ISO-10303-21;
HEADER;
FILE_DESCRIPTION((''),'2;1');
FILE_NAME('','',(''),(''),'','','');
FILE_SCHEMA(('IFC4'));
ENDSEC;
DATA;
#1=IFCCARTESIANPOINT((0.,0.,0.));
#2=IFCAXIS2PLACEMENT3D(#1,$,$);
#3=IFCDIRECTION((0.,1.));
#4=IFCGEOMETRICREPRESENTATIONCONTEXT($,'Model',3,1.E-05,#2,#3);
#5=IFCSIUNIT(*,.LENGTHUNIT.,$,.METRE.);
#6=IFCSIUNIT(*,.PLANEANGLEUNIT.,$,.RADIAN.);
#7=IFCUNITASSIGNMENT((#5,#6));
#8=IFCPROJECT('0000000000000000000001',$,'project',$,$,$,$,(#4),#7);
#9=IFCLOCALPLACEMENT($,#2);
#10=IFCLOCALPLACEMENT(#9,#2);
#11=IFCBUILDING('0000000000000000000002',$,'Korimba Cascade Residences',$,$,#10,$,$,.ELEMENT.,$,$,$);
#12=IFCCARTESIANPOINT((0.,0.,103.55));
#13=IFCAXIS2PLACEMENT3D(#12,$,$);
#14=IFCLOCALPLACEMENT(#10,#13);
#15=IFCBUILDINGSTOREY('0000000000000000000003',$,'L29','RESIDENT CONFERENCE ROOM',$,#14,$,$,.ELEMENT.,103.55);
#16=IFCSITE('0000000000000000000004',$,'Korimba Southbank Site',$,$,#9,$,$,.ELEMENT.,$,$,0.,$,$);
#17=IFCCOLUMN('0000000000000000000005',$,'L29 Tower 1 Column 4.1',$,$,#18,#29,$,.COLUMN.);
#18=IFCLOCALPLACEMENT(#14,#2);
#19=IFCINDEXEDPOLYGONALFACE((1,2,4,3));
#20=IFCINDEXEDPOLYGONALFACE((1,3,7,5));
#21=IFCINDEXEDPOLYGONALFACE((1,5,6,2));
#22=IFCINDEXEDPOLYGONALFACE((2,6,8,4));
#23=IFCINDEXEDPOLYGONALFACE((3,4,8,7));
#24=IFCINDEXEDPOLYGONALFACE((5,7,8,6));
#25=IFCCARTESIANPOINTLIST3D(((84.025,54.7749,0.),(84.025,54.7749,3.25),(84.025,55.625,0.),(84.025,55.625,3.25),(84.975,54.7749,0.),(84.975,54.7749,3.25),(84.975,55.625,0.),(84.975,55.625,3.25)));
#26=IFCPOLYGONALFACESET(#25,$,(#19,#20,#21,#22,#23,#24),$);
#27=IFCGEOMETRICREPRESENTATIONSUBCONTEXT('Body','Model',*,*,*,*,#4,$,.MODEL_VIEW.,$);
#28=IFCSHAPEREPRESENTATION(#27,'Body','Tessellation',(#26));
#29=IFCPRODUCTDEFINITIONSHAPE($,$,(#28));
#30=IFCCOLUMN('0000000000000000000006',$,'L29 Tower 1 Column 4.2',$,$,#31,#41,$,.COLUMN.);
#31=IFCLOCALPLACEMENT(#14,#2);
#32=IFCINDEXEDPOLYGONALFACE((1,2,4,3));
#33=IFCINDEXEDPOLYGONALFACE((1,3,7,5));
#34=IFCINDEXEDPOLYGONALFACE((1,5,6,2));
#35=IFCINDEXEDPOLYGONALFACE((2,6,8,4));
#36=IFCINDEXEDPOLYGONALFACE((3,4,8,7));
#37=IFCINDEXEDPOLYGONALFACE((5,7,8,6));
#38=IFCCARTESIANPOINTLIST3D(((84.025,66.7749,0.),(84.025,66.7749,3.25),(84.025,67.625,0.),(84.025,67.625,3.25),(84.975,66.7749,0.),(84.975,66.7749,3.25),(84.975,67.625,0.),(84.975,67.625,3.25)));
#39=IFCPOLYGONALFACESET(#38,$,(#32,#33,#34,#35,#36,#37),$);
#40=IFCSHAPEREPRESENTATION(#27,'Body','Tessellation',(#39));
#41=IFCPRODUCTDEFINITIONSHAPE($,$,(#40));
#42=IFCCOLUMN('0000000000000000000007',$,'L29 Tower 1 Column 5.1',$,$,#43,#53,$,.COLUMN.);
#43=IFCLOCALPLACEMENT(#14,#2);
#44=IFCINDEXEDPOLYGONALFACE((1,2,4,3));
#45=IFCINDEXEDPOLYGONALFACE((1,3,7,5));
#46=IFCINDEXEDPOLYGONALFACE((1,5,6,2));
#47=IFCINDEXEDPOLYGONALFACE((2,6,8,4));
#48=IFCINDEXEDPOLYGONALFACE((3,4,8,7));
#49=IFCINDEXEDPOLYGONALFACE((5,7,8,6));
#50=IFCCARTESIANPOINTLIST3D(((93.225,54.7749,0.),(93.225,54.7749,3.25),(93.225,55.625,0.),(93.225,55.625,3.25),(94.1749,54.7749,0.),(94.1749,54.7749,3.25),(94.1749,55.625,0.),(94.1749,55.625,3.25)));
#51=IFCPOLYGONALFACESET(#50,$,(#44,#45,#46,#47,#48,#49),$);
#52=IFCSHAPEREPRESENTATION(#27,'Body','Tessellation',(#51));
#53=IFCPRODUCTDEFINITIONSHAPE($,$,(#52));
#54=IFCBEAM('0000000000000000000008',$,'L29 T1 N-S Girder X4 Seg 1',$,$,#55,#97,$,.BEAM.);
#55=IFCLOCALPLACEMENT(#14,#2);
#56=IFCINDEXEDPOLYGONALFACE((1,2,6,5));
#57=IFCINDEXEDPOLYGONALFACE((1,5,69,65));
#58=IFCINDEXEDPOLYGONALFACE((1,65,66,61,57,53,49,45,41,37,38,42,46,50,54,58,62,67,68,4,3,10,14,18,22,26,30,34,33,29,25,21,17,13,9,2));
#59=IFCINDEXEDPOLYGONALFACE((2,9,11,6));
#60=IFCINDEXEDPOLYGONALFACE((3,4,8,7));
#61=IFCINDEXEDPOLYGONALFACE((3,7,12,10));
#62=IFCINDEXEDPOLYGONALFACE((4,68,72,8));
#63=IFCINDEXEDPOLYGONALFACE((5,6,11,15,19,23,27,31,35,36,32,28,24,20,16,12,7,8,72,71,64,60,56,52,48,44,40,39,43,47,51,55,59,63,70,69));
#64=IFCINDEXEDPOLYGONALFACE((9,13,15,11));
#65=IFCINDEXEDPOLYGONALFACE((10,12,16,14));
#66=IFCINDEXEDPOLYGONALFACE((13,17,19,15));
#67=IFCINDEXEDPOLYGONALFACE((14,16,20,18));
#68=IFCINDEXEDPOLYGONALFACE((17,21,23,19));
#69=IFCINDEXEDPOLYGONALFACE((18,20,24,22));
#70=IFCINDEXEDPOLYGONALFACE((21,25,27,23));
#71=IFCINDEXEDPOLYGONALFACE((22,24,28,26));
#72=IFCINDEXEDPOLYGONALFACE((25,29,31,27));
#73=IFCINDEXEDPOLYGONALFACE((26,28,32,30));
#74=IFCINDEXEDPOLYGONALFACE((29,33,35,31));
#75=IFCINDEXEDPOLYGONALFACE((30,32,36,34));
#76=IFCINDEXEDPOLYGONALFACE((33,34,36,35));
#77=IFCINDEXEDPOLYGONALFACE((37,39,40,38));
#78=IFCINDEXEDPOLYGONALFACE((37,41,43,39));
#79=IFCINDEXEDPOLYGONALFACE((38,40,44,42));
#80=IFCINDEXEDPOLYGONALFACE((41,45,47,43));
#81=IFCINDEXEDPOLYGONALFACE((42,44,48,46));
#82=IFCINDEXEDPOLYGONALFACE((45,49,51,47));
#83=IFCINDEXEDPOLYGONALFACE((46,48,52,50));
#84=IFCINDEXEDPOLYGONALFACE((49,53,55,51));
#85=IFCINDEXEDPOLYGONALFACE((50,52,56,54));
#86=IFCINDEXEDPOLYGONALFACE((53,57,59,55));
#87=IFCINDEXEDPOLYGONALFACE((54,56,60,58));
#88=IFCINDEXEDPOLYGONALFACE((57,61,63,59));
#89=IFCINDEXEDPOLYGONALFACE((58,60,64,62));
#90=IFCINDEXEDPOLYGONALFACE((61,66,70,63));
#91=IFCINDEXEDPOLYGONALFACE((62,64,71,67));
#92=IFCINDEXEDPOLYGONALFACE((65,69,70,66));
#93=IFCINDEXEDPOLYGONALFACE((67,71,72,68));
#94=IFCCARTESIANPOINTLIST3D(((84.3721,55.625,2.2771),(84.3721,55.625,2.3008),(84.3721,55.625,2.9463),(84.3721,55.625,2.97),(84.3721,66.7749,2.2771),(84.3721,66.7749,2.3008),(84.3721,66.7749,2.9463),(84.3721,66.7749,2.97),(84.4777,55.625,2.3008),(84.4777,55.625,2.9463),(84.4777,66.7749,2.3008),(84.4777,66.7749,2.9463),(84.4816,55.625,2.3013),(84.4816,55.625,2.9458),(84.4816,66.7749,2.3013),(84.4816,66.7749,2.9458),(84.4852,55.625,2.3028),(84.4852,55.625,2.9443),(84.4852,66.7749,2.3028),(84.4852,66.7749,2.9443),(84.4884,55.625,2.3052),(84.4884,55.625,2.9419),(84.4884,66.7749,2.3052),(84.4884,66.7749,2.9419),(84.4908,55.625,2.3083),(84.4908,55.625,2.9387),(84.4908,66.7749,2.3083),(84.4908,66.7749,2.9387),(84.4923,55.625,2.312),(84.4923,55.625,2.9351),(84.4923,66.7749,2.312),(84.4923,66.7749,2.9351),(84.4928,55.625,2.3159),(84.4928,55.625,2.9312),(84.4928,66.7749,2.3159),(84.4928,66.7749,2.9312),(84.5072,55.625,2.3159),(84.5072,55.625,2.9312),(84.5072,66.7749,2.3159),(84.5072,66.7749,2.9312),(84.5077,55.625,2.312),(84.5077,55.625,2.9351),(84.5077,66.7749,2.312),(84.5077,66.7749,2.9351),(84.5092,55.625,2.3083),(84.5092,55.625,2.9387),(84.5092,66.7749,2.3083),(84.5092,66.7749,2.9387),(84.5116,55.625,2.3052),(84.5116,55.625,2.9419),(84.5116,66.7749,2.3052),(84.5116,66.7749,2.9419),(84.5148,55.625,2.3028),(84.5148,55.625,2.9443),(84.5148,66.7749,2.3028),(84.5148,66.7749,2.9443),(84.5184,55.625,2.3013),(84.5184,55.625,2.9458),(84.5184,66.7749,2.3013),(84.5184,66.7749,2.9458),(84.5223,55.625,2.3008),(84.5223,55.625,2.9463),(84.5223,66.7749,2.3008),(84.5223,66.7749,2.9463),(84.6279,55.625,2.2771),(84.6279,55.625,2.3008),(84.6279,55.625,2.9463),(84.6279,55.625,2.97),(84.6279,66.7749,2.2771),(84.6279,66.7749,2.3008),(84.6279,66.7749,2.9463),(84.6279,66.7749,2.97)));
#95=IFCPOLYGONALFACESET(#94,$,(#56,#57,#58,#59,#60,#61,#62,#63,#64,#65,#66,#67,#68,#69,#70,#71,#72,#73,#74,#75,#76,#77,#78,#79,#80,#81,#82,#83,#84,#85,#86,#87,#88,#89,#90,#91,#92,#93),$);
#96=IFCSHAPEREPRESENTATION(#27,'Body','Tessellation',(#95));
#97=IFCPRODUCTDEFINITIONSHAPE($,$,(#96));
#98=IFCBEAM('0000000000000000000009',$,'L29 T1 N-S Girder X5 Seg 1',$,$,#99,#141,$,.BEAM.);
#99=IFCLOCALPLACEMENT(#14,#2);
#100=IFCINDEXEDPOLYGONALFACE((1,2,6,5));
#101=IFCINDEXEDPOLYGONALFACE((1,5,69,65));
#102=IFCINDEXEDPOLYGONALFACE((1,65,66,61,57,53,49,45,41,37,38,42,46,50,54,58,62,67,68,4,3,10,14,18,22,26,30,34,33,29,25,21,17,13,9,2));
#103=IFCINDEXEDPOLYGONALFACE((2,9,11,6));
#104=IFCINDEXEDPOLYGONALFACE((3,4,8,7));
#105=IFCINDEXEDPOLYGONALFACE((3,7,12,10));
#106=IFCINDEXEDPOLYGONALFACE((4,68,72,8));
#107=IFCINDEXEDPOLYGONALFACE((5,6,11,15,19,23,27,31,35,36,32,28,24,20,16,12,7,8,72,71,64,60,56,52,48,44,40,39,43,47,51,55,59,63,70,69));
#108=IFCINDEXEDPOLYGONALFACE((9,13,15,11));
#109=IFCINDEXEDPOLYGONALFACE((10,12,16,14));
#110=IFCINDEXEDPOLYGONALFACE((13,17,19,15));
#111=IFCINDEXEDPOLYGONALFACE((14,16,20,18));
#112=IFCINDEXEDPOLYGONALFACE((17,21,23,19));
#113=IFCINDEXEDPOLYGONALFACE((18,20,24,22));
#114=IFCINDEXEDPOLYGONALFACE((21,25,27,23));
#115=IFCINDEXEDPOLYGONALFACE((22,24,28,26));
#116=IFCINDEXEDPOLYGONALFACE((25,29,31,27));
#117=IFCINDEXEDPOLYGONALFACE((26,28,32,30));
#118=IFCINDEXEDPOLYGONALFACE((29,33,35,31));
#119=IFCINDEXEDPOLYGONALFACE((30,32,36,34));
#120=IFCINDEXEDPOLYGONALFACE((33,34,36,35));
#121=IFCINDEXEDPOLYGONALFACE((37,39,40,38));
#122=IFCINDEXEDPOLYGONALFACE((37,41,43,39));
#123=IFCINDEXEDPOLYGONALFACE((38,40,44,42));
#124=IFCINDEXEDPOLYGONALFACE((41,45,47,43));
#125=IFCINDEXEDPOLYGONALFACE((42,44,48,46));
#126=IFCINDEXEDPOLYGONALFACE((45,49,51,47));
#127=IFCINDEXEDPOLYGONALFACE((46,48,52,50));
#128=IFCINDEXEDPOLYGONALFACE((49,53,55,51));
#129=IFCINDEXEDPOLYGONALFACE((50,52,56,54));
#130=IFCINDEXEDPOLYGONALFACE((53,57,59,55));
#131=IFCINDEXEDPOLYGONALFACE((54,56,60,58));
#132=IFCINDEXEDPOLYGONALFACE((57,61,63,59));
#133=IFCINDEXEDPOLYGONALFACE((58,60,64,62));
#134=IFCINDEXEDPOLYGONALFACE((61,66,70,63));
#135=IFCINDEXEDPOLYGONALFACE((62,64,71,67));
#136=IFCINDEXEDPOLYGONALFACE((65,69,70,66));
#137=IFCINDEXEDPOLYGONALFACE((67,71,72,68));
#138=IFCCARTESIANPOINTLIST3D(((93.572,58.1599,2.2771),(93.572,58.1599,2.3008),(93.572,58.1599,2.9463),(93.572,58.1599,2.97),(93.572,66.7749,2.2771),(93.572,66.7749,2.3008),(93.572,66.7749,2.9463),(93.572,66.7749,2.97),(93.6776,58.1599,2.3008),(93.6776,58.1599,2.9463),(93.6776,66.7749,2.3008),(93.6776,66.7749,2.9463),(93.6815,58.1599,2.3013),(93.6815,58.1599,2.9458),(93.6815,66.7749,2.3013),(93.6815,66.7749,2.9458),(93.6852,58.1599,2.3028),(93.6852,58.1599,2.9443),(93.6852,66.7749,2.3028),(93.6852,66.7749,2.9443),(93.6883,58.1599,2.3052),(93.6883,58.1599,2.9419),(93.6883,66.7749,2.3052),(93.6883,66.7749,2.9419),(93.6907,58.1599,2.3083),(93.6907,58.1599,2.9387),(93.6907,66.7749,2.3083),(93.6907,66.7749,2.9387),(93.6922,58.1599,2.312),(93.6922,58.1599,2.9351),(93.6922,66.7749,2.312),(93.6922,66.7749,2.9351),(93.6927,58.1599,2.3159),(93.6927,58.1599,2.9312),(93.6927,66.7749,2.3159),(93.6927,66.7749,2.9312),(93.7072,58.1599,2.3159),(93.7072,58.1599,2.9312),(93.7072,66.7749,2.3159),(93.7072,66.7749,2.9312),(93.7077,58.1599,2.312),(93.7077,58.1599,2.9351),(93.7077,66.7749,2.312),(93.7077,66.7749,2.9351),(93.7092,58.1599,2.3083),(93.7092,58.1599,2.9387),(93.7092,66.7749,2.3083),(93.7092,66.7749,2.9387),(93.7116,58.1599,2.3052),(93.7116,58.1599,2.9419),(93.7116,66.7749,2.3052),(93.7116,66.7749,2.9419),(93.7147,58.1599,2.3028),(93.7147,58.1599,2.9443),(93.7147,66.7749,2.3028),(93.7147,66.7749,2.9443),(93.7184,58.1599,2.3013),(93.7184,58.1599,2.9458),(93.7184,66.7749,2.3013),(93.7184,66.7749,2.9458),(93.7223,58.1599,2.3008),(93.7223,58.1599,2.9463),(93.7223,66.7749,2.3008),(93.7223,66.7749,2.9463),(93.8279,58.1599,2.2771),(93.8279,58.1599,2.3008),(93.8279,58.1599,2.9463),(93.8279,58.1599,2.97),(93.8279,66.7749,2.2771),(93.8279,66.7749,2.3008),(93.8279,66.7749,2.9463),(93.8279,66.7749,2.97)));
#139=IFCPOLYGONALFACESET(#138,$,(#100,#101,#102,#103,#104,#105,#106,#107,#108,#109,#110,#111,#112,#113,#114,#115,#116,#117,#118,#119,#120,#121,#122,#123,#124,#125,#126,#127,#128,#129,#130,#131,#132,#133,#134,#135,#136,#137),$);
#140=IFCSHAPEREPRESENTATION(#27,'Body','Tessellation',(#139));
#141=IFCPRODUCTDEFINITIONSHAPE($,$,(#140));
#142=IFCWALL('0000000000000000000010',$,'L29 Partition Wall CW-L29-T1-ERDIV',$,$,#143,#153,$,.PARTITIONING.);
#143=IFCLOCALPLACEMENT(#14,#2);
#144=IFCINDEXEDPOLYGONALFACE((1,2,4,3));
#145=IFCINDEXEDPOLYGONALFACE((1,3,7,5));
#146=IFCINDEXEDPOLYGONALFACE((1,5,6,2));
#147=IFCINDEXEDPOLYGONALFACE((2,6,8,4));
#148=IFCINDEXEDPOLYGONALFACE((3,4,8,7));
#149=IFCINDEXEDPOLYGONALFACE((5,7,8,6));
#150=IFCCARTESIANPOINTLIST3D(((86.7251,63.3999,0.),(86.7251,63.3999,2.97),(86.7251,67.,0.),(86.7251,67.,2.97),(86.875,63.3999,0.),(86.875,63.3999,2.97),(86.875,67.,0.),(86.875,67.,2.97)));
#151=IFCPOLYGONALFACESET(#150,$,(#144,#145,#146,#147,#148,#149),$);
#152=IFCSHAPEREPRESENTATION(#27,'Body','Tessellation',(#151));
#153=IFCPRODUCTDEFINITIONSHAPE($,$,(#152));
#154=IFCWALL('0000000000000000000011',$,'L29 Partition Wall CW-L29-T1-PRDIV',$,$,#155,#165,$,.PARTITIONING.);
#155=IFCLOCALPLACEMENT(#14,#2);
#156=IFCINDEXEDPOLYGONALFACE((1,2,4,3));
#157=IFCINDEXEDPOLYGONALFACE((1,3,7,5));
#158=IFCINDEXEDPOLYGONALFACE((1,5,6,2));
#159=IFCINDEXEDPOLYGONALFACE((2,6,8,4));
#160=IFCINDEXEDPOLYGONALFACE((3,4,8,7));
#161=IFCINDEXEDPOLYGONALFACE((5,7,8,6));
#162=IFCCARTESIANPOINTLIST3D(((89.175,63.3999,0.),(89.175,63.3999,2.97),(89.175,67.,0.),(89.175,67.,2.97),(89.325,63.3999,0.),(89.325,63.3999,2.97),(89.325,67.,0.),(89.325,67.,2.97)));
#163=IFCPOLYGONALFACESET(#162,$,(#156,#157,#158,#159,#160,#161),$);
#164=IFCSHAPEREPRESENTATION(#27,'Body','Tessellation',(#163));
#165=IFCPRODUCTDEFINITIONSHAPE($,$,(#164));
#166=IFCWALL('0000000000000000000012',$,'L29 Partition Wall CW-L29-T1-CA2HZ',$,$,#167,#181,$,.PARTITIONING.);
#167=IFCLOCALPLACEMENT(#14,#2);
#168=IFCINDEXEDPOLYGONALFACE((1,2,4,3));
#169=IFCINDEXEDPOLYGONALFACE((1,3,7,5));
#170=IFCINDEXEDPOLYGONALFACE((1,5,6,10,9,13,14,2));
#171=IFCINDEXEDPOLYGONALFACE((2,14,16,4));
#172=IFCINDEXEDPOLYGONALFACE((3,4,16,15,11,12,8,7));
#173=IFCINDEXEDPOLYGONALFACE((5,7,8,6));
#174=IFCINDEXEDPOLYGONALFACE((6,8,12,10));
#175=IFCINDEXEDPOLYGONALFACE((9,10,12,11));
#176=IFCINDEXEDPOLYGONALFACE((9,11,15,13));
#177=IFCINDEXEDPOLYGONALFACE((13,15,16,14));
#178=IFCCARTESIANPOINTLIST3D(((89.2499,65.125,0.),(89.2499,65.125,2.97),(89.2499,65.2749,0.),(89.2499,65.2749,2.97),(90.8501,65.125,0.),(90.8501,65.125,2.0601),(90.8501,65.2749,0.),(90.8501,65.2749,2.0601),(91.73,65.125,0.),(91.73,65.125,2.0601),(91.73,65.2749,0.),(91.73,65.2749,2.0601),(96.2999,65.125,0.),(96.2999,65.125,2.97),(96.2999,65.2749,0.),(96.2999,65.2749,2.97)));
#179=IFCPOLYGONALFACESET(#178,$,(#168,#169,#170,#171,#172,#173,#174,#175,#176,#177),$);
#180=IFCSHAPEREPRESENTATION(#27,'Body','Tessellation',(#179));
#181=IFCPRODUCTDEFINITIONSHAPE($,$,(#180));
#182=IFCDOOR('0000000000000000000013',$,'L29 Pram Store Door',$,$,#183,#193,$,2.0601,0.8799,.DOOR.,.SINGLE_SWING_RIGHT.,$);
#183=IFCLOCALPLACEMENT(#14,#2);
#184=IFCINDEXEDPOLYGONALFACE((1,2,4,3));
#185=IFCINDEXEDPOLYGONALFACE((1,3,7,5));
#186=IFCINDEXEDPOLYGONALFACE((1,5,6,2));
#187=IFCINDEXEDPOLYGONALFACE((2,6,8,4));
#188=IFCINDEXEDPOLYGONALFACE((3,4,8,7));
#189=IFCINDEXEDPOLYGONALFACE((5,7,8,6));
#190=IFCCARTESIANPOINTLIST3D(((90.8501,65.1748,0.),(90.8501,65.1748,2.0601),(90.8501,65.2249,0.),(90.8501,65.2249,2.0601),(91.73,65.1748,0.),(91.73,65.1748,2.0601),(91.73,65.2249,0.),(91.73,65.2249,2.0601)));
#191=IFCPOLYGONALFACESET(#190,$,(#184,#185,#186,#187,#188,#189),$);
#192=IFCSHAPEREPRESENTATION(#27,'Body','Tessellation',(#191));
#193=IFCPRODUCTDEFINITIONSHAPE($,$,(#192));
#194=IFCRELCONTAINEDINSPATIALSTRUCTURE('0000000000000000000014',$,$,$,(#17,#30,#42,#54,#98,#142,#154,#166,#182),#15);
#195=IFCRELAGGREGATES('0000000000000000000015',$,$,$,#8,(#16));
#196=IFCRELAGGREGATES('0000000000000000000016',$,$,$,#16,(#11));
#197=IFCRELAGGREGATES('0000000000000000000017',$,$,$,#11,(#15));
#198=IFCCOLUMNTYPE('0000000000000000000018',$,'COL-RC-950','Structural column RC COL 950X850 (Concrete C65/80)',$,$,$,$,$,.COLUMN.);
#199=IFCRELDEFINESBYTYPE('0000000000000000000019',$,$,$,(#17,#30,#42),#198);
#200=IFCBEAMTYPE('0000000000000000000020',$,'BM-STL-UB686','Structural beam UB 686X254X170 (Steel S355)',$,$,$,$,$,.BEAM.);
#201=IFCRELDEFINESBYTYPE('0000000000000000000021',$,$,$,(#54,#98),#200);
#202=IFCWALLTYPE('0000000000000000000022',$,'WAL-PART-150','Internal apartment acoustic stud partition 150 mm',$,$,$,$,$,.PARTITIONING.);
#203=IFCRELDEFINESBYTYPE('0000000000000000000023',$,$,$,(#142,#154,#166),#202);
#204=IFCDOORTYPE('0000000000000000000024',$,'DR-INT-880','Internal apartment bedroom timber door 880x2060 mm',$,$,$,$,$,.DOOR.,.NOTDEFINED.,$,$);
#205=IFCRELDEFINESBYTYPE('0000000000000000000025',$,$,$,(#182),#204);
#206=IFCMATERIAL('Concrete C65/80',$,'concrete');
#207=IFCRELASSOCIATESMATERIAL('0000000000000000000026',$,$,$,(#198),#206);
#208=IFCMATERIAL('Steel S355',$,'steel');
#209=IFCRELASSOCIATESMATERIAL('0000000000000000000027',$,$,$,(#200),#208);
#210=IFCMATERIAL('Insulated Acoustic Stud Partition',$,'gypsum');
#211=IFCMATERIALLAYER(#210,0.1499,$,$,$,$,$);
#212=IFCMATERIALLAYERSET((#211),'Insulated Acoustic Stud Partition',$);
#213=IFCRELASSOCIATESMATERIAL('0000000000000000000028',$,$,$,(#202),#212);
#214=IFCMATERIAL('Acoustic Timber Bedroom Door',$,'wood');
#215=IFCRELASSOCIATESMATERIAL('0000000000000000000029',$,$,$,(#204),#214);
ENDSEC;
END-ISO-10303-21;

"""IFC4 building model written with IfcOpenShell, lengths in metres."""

from ifc_helpers import new_model, si_unit, direction, frame, frame_2d, origin, origin_2d, place, context, subcontext, project, spatial, rectangle, i_section, extrude, material, layer, layer_set, material_profile, profile_set, type_object, element, fill, save


model = new_model("IFC4")

# Units and contexts
model_context = context("Model", 3, precision=1e-05, world=origin(), true_north=direction((0.0, 1.0)))
body_context = subcontext(model_context, "Body", "Model", "MODEL_VIEW")
ifc_project = project(units=[si_unit("LENGTHUNIT", "METRE"), si_unit("PLANEANGLEUNIT", "RADIAN")], contexts=[model_context])

# Site, building, storey
site_placement = place(None, origin())
site = spatial("IfcSite", under=ifc_project, at=site_placement, Name="Korimba Southbank Site", CompositionType="ELEMENT", RefElevation=0.0)
building_placement = place(site_placement, origin())
building = spatial("IfcBuilding", under=site, at=building_placement, Name="Korimba Cascade Residences", CompositionType="ELEMENT")
storey_placement = place(building_placement, frame((0.0, 0.0, 103.55)))
storey = spatial("IfcBuildingStorey", under=building, at=storey_placement, Name="L29", Description="RESIDENT CONFERENCE ROOM", CompositionType="ELEMENT", Elevation=103.55)

# Columns
ifc_material_1 = material(Name="Concrete C65/80", Category="concrete")
ifc_material_profile_1 = material_profile(ifc_material_1, rectangle(XDim=0.95, YDim=0.8501, at=origin_2d()), Name="Concrete C65/80")
ifc_profile_set_1 = profile_set([ifc_material_profile_1], Name="Concrete C65/80")
column_type = type_object("IfcColumnType", Name="COL-RC-950", Description="Structural column RC COL 950X850 (Concrete C65/80)", PredefinedType="COLUMN", material=ifc_profile_set_1)
for number, where, z_axis, x_axis, name in (
    (1, (84.5, 55.2, 0.0), (0.0, 0.0, 1.0), (1.0, 0.0, 0.0), "L29 Tower 1 Column 4.1"),
    (2, (84.5, 67.2, 0.0), (0.0, 0.0, 1.0), (1.0, 0.0, 0.0), "L29 Tower 1 Column 4.2"),
    (3, (93.7, 55.2, 0.0), (0.0, 0.0, 1.0), (1.0, 0.0, 0.0), "L29 Tower 1 Column 5.1"),
):
    element("IfcColumn", number, at=place(storey_placement, frame(where, z_axis=z_axis, x_axis=x_axis)), inside=storey, type_object=column_type, Name=name, PredefinedType="COLUMN", context=body_context, shape_type="SweptSolid", body=[
        extrude(rectangle(XDim=0.95, YDim=0.8501, at=origin_2d()), origin(), (0.0, 0.0, 1.0), 3.25),
    ])

# Beams
ifc_material_2 = material(Name="Steel S355", Category="steel")
ifc_material_profile_2 = material_profile(ifc_material_2, i_section(OverallWidth=0.2559, OverallDepth=0.6929, WebThickness=0.0144, FlangeThickness=0.0237, FilletRadius=0.0151, at=origin_2d()), Name="Steel S355")
ifc_profile_set_2 = profile_set([ifc_material_profile_2], Name="Steel S355")
beam_type = type_object("IfcBeamType", Name="BM-STL-UB686", Description="Structural beam UB 686X254X170 (Steel S355)", PredefinedType="BEAM", material=ifc_profile_set_2)
beam_1_placement = place(storey_placement, frame((84.5, 55.625, 2.6235), z_axis=(0.0, 1.0, 0.0), x_axis=(-1.0, 0.0, 0.0)))
element("IfcBeam", 4, at=beam_1_placement, inside=storey, type_object=beam_type, Name="L29 T1 N-S Girder X4 Seg 1", PredefinedType="BEAM", context=body_context, shape_type="SweptSolid", body=[
    extrude(i_section(OverallWidth=0.2559, OverallDepth=0.6929, WebThickness=0.0144, FlangeThickness=0.0237, FilletRadius=0.0151, at=origin_2d()), origin(), (0.0, 0.0, 1.0), 11.1499),
])
beam_2_placement = place(storey_placement, frame((93.7, 58.1599, 2.6235), z_axis=(0.0, 1.0, 0.0), x_axis=(-1.0, 0.0, 0.0)))
element("IfcBeam", 5, at=beam_2_placement, inside=storey, type_object=beam_type, Name="L29 T1 N-S Girder X5 Seg 1", PredefinedType="BEAM", context=body_context, shape_type="SweptSolid", body=[
    extrude(i_section(OverallWidth=0.2559, OverallDepth=0.6929, WebThickness=0.0144, FlangeThickness=0.0237, FilletRadius=0.0151, at=origin_2d()), origin(), (0.0, 0.0, 1.0), 8.615),
])

# Walls
ifc_material_3 = material(Name="Insulated Acoustic Stud Partition", Category="gypsum")
ifc_layer_1 = layer(ifc_material_3, 0.1499)
ifc_layer_set_1 = layer_set([ifc_layer_1], Name="Insulated Acoustic Stud Partition")
wall_type_1 = type_object("IfcWallType", Name="WAL-PART-150", Description="Internal apartment acoustic stud partition 150 mm", PredefinedType="PARTITIONING", material=ifc_layer_set_1)
for number, where, z_axis, x_axis, name in (
    (6, (86.8, 63.3999, 0.0), (0.0, 0.0, 1.0), (0.0, 1.0, 0.0), "L29 Partition Wall CW-L29-T1-ERDIV"),
    (7, (89.25, 63.3999, 0.0), (0.0, 0.0, 1.0), (0.0, 1.0, 0.0), "L29 Partition Wall CW-L29-T1-PRDIV"),
):
    element("IfcWall", number, at=place(storey_placement, frame(where, z_axis=z_axis, x_axis=x_axis)), inside=storey, type_object=wall_type_1, Name=name, PredefinedType="PARTITIONING", context=body_context, shape_type="SweptSolid", body=[
        extrude(rectangle(XDim=3.6001, YDim=0.1499, at=frame_2d((1.8, 0.0))), origin(), (0.0, 0.0, 1.0), 2.97),
    ])

# Wall, opening, door
wall_1_placement = place(storey_placement, frame((89.25, 65.2, 0.0), z_axis=(0.0, 0.0, 1.0), x_axis=(1.0, 0.0, 0.0)))
wall_1 = element("IfcWall", 8, at=wall_1_placement, inside=storey, type_object=wall_type_1, Name="L29 Partition Wall CW-L29-T1-CA2HZ", PredefinedType="PARTITIONING", context=body_context, shape_type="SweptSolid", body=[
    extrude(rectangle(XDim=7.05, YDim=0.1499, at=frame_2d((3.5249, 0.0))), origin(), (0.0, 0.0, 1.0), 2.97),
])
opening_1_placement = place(wall_1_placement, frame((1.6001, 0.0, 0.0)))
opening_1 = element("IfcOpeningElement", 9, at=opening_1_placement, cuts=wall_1, PredefinedType="OPENING", context=body_context, shape_type="SweptSolid", body=[
    extrude(rectangle(XDim=0.8799, YDim=2.0601, at=frame_2d((0.4399, 1.03))), frame((0.0, 0.085, 0.0), z_axis=(0.0, -1.0, 0.0), x_axis=(1.0, 0.0, 0.0)), (0.0, 0.0, 1.0), 0.1699),
])
ifc_material_4 = material(Name="Acoustic Timber Bedroom Door", Category="wood")
door_type_1 = type_object("IfcDoorType", Name="DR-INT-880", Description="Internal apartment bedroom timber door 880x2060 mm", OperationType="NOTDEFINED", PredefinedType="DOOR", material=ifc_material_4)
door_1_placement = place(opening_1_placement, origin())
door_1 = element("IfcDoor", 10, at=door_1_placement, inside=storey, type_object=door_type_1, Name="L29 Pram Store Door", OperationType="SINGLE_SWING_RIGHT", OverallHeight=2.0601, OverallWidth=0.8799, PredefinedType="DOOR", context=body_context, shape_type="SweptSolid", body=[
    extrude(rectangle(XDim=0.8799, YDim=2.0601, at=frame_2d((0.4399, 1.03))), frame((0.0, 0.0249, 0.0), z_axis=(0.0, -1.0, 0.0), x_axis=(1.0, 0.0, 0.0)), (0.0, 0.0, 1.0), 0.05),
])
fill(opening_1, door_1)

save(model, "model.ifc")
